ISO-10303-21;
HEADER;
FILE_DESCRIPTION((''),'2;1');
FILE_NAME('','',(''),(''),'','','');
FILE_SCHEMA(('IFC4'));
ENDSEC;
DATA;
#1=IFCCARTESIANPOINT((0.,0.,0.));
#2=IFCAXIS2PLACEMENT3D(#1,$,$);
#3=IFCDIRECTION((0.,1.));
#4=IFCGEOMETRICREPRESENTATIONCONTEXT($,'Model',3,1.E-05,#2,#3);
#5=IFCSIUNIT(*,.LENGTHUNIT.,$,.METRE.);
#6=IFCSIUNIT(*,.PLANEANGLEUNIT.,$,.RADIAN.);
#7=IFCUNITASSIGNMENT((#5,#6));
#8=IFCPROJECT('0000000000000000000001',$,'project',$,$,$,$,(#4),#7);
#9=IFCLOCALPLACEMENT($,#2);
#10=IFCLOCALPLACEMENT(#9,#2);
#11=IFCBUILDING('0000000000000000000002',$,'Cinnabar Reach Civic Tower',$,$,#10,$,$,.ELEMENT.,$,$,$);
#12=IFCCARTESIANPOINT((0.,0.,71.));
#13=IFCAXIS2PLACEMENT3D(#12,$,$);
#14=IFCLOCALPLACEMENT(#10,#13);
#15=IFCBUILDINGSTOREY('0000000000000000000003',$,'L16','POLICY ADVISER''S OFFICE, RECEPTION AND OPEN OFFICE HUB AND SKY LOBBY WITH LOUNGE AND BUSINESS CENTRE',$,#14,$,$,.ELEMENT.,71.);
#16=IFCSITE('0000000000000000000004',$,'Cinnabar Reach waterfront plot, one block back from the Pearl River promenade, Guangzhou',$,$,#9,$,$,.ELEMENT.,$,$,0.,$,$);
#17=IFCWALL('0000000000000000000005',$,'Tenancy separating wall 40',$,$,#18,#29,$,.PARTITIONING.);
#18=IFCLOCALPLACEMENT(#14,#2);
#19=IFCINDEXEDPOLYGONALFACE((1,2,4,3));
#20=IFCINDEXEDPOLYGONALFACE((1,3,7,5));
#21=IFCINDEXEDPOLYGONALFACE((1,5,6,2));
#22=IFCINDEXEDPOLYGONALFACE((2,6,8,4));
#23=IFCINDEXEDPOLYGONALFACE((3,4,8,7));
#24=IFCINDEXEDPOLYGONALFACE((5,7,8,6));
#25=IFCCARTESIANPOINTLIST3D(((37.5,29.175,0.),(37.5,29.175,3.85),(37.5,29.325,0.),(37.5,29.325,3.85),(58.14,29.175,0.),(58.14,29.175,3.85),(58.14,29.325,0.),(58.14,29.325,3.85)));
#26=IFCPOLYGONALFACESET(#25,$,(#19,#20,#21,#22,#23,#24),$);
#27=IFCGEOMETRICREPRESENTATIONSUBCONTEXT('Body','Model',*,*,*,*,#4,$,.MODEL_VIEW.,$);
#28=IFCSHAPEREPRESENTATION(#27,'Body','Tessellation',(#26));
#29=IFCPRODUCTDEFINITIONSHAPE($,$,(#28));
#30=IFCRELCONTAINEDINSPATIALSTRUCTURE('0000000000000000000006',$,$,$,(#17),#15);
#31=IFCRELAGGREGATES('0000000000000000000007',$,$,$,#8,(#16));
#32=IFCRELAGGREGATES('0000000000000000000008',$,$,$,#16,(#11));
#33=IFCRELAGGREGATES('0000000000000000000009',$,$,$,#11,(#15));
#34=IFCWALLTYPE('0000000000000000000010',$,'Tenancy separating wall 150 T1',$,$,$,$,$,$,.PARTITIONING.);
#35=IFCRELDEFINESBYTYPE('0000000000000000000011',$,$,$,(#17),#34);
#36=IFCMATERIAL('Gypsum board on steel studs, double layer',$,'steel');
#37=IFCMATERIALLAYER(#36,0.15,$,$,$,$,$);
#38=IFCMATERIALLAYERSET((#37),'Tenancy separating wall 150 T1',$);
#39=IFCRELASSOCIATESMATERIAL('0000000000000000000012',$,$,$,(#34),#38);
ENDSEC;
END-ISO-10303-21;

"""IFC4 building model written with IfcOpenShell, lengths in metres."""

from ifc_helpers import new_model, si_unit, direction, frame, frame_2d, origin, place, context, subcontext, project, spatial, rectangle, extrude, material, layer, layer_set, type_object, element, save


model = new_model("IFC4")

# Units and contexts
model_context = context("Model", 3, precision=1e-05, world=origin(), true_north=direction((0.0, 1.0)))
body_context = subcontext(model_context, "Body", "Model", "MODEL_VIEW")
ifc_project = project(units=[si_unit("LENGTHUNIT", "METRE"), si_unit("PLANEANGLEUNIT", "RADIAN")], contexts=[model_context])

# Site, building, storey
site_placement = place(None, origin())
site = spatial("IfcSite", under=ifc_project, at=site_placement, Name="Cinnabar Reach waterfront plot, one block back from the Pearl River promenade, Guangzhou", CompositionType="ELEMENT", RefElevation=0.0)
building_placement = place(site_placement, origin())
building = spatial("IfcBuilding", under=site, at=building_placement, Name="Cinnabar Reach Civic Tower", CompositionType="ELEMENT")
storey_placement = place(building_placement, frame((0.0, 0.0, 71.0)))
storey = spatial("IfcBuildingStorey", under=building, at=storey_placement, Name="L16", Description="POLICY ADVISER'S OFFICE, RECEPTION AND OPEN OFFICE HUB AND SKY LOBBY WITH LOUNGE AND BUSINESS CENTRE", CompositionType="ELEMENT", Elevation=71.0)

# Wall
ifc_material_1 = material(Name="Gypsum board on steel studs, double layer", Category="steel")
ifc_layer_1 = layer(ifc_material_1, 0.15)
ifc_layer_set_1 = layer_set([ifc_layer_1], Name="Tenancy separating wall 150 T1")
wall_type_1 = type_object("IfcWallType", Name="Tenancy separating wall 150 T1", PredefinedType="PARTITIONING", material=ifc_layer_set_1)
wall_1_placement = place(storey_placement, frame((37.5, 29.25, 0.0), z_axis=(0.0, 0.0, 1.0), x_axis=(1.0, 0.0, 0.0)))
element("IfcWall", 1, at=wall_1_placement, inside=storey, type_object=wall_type_1, Name="Tenancy separating wall 40", PredefinedType="PARTITIONING", context=body_context, shape_type="SweptSolid", body=[
    extrude(rectangle(XDim=20.64, YDim=0.15, at=frame_2d((10.32, 0.0))), origin(), (0.0, 0.0, 1.0), 3.85),
])

save(model, "model.ifc")
